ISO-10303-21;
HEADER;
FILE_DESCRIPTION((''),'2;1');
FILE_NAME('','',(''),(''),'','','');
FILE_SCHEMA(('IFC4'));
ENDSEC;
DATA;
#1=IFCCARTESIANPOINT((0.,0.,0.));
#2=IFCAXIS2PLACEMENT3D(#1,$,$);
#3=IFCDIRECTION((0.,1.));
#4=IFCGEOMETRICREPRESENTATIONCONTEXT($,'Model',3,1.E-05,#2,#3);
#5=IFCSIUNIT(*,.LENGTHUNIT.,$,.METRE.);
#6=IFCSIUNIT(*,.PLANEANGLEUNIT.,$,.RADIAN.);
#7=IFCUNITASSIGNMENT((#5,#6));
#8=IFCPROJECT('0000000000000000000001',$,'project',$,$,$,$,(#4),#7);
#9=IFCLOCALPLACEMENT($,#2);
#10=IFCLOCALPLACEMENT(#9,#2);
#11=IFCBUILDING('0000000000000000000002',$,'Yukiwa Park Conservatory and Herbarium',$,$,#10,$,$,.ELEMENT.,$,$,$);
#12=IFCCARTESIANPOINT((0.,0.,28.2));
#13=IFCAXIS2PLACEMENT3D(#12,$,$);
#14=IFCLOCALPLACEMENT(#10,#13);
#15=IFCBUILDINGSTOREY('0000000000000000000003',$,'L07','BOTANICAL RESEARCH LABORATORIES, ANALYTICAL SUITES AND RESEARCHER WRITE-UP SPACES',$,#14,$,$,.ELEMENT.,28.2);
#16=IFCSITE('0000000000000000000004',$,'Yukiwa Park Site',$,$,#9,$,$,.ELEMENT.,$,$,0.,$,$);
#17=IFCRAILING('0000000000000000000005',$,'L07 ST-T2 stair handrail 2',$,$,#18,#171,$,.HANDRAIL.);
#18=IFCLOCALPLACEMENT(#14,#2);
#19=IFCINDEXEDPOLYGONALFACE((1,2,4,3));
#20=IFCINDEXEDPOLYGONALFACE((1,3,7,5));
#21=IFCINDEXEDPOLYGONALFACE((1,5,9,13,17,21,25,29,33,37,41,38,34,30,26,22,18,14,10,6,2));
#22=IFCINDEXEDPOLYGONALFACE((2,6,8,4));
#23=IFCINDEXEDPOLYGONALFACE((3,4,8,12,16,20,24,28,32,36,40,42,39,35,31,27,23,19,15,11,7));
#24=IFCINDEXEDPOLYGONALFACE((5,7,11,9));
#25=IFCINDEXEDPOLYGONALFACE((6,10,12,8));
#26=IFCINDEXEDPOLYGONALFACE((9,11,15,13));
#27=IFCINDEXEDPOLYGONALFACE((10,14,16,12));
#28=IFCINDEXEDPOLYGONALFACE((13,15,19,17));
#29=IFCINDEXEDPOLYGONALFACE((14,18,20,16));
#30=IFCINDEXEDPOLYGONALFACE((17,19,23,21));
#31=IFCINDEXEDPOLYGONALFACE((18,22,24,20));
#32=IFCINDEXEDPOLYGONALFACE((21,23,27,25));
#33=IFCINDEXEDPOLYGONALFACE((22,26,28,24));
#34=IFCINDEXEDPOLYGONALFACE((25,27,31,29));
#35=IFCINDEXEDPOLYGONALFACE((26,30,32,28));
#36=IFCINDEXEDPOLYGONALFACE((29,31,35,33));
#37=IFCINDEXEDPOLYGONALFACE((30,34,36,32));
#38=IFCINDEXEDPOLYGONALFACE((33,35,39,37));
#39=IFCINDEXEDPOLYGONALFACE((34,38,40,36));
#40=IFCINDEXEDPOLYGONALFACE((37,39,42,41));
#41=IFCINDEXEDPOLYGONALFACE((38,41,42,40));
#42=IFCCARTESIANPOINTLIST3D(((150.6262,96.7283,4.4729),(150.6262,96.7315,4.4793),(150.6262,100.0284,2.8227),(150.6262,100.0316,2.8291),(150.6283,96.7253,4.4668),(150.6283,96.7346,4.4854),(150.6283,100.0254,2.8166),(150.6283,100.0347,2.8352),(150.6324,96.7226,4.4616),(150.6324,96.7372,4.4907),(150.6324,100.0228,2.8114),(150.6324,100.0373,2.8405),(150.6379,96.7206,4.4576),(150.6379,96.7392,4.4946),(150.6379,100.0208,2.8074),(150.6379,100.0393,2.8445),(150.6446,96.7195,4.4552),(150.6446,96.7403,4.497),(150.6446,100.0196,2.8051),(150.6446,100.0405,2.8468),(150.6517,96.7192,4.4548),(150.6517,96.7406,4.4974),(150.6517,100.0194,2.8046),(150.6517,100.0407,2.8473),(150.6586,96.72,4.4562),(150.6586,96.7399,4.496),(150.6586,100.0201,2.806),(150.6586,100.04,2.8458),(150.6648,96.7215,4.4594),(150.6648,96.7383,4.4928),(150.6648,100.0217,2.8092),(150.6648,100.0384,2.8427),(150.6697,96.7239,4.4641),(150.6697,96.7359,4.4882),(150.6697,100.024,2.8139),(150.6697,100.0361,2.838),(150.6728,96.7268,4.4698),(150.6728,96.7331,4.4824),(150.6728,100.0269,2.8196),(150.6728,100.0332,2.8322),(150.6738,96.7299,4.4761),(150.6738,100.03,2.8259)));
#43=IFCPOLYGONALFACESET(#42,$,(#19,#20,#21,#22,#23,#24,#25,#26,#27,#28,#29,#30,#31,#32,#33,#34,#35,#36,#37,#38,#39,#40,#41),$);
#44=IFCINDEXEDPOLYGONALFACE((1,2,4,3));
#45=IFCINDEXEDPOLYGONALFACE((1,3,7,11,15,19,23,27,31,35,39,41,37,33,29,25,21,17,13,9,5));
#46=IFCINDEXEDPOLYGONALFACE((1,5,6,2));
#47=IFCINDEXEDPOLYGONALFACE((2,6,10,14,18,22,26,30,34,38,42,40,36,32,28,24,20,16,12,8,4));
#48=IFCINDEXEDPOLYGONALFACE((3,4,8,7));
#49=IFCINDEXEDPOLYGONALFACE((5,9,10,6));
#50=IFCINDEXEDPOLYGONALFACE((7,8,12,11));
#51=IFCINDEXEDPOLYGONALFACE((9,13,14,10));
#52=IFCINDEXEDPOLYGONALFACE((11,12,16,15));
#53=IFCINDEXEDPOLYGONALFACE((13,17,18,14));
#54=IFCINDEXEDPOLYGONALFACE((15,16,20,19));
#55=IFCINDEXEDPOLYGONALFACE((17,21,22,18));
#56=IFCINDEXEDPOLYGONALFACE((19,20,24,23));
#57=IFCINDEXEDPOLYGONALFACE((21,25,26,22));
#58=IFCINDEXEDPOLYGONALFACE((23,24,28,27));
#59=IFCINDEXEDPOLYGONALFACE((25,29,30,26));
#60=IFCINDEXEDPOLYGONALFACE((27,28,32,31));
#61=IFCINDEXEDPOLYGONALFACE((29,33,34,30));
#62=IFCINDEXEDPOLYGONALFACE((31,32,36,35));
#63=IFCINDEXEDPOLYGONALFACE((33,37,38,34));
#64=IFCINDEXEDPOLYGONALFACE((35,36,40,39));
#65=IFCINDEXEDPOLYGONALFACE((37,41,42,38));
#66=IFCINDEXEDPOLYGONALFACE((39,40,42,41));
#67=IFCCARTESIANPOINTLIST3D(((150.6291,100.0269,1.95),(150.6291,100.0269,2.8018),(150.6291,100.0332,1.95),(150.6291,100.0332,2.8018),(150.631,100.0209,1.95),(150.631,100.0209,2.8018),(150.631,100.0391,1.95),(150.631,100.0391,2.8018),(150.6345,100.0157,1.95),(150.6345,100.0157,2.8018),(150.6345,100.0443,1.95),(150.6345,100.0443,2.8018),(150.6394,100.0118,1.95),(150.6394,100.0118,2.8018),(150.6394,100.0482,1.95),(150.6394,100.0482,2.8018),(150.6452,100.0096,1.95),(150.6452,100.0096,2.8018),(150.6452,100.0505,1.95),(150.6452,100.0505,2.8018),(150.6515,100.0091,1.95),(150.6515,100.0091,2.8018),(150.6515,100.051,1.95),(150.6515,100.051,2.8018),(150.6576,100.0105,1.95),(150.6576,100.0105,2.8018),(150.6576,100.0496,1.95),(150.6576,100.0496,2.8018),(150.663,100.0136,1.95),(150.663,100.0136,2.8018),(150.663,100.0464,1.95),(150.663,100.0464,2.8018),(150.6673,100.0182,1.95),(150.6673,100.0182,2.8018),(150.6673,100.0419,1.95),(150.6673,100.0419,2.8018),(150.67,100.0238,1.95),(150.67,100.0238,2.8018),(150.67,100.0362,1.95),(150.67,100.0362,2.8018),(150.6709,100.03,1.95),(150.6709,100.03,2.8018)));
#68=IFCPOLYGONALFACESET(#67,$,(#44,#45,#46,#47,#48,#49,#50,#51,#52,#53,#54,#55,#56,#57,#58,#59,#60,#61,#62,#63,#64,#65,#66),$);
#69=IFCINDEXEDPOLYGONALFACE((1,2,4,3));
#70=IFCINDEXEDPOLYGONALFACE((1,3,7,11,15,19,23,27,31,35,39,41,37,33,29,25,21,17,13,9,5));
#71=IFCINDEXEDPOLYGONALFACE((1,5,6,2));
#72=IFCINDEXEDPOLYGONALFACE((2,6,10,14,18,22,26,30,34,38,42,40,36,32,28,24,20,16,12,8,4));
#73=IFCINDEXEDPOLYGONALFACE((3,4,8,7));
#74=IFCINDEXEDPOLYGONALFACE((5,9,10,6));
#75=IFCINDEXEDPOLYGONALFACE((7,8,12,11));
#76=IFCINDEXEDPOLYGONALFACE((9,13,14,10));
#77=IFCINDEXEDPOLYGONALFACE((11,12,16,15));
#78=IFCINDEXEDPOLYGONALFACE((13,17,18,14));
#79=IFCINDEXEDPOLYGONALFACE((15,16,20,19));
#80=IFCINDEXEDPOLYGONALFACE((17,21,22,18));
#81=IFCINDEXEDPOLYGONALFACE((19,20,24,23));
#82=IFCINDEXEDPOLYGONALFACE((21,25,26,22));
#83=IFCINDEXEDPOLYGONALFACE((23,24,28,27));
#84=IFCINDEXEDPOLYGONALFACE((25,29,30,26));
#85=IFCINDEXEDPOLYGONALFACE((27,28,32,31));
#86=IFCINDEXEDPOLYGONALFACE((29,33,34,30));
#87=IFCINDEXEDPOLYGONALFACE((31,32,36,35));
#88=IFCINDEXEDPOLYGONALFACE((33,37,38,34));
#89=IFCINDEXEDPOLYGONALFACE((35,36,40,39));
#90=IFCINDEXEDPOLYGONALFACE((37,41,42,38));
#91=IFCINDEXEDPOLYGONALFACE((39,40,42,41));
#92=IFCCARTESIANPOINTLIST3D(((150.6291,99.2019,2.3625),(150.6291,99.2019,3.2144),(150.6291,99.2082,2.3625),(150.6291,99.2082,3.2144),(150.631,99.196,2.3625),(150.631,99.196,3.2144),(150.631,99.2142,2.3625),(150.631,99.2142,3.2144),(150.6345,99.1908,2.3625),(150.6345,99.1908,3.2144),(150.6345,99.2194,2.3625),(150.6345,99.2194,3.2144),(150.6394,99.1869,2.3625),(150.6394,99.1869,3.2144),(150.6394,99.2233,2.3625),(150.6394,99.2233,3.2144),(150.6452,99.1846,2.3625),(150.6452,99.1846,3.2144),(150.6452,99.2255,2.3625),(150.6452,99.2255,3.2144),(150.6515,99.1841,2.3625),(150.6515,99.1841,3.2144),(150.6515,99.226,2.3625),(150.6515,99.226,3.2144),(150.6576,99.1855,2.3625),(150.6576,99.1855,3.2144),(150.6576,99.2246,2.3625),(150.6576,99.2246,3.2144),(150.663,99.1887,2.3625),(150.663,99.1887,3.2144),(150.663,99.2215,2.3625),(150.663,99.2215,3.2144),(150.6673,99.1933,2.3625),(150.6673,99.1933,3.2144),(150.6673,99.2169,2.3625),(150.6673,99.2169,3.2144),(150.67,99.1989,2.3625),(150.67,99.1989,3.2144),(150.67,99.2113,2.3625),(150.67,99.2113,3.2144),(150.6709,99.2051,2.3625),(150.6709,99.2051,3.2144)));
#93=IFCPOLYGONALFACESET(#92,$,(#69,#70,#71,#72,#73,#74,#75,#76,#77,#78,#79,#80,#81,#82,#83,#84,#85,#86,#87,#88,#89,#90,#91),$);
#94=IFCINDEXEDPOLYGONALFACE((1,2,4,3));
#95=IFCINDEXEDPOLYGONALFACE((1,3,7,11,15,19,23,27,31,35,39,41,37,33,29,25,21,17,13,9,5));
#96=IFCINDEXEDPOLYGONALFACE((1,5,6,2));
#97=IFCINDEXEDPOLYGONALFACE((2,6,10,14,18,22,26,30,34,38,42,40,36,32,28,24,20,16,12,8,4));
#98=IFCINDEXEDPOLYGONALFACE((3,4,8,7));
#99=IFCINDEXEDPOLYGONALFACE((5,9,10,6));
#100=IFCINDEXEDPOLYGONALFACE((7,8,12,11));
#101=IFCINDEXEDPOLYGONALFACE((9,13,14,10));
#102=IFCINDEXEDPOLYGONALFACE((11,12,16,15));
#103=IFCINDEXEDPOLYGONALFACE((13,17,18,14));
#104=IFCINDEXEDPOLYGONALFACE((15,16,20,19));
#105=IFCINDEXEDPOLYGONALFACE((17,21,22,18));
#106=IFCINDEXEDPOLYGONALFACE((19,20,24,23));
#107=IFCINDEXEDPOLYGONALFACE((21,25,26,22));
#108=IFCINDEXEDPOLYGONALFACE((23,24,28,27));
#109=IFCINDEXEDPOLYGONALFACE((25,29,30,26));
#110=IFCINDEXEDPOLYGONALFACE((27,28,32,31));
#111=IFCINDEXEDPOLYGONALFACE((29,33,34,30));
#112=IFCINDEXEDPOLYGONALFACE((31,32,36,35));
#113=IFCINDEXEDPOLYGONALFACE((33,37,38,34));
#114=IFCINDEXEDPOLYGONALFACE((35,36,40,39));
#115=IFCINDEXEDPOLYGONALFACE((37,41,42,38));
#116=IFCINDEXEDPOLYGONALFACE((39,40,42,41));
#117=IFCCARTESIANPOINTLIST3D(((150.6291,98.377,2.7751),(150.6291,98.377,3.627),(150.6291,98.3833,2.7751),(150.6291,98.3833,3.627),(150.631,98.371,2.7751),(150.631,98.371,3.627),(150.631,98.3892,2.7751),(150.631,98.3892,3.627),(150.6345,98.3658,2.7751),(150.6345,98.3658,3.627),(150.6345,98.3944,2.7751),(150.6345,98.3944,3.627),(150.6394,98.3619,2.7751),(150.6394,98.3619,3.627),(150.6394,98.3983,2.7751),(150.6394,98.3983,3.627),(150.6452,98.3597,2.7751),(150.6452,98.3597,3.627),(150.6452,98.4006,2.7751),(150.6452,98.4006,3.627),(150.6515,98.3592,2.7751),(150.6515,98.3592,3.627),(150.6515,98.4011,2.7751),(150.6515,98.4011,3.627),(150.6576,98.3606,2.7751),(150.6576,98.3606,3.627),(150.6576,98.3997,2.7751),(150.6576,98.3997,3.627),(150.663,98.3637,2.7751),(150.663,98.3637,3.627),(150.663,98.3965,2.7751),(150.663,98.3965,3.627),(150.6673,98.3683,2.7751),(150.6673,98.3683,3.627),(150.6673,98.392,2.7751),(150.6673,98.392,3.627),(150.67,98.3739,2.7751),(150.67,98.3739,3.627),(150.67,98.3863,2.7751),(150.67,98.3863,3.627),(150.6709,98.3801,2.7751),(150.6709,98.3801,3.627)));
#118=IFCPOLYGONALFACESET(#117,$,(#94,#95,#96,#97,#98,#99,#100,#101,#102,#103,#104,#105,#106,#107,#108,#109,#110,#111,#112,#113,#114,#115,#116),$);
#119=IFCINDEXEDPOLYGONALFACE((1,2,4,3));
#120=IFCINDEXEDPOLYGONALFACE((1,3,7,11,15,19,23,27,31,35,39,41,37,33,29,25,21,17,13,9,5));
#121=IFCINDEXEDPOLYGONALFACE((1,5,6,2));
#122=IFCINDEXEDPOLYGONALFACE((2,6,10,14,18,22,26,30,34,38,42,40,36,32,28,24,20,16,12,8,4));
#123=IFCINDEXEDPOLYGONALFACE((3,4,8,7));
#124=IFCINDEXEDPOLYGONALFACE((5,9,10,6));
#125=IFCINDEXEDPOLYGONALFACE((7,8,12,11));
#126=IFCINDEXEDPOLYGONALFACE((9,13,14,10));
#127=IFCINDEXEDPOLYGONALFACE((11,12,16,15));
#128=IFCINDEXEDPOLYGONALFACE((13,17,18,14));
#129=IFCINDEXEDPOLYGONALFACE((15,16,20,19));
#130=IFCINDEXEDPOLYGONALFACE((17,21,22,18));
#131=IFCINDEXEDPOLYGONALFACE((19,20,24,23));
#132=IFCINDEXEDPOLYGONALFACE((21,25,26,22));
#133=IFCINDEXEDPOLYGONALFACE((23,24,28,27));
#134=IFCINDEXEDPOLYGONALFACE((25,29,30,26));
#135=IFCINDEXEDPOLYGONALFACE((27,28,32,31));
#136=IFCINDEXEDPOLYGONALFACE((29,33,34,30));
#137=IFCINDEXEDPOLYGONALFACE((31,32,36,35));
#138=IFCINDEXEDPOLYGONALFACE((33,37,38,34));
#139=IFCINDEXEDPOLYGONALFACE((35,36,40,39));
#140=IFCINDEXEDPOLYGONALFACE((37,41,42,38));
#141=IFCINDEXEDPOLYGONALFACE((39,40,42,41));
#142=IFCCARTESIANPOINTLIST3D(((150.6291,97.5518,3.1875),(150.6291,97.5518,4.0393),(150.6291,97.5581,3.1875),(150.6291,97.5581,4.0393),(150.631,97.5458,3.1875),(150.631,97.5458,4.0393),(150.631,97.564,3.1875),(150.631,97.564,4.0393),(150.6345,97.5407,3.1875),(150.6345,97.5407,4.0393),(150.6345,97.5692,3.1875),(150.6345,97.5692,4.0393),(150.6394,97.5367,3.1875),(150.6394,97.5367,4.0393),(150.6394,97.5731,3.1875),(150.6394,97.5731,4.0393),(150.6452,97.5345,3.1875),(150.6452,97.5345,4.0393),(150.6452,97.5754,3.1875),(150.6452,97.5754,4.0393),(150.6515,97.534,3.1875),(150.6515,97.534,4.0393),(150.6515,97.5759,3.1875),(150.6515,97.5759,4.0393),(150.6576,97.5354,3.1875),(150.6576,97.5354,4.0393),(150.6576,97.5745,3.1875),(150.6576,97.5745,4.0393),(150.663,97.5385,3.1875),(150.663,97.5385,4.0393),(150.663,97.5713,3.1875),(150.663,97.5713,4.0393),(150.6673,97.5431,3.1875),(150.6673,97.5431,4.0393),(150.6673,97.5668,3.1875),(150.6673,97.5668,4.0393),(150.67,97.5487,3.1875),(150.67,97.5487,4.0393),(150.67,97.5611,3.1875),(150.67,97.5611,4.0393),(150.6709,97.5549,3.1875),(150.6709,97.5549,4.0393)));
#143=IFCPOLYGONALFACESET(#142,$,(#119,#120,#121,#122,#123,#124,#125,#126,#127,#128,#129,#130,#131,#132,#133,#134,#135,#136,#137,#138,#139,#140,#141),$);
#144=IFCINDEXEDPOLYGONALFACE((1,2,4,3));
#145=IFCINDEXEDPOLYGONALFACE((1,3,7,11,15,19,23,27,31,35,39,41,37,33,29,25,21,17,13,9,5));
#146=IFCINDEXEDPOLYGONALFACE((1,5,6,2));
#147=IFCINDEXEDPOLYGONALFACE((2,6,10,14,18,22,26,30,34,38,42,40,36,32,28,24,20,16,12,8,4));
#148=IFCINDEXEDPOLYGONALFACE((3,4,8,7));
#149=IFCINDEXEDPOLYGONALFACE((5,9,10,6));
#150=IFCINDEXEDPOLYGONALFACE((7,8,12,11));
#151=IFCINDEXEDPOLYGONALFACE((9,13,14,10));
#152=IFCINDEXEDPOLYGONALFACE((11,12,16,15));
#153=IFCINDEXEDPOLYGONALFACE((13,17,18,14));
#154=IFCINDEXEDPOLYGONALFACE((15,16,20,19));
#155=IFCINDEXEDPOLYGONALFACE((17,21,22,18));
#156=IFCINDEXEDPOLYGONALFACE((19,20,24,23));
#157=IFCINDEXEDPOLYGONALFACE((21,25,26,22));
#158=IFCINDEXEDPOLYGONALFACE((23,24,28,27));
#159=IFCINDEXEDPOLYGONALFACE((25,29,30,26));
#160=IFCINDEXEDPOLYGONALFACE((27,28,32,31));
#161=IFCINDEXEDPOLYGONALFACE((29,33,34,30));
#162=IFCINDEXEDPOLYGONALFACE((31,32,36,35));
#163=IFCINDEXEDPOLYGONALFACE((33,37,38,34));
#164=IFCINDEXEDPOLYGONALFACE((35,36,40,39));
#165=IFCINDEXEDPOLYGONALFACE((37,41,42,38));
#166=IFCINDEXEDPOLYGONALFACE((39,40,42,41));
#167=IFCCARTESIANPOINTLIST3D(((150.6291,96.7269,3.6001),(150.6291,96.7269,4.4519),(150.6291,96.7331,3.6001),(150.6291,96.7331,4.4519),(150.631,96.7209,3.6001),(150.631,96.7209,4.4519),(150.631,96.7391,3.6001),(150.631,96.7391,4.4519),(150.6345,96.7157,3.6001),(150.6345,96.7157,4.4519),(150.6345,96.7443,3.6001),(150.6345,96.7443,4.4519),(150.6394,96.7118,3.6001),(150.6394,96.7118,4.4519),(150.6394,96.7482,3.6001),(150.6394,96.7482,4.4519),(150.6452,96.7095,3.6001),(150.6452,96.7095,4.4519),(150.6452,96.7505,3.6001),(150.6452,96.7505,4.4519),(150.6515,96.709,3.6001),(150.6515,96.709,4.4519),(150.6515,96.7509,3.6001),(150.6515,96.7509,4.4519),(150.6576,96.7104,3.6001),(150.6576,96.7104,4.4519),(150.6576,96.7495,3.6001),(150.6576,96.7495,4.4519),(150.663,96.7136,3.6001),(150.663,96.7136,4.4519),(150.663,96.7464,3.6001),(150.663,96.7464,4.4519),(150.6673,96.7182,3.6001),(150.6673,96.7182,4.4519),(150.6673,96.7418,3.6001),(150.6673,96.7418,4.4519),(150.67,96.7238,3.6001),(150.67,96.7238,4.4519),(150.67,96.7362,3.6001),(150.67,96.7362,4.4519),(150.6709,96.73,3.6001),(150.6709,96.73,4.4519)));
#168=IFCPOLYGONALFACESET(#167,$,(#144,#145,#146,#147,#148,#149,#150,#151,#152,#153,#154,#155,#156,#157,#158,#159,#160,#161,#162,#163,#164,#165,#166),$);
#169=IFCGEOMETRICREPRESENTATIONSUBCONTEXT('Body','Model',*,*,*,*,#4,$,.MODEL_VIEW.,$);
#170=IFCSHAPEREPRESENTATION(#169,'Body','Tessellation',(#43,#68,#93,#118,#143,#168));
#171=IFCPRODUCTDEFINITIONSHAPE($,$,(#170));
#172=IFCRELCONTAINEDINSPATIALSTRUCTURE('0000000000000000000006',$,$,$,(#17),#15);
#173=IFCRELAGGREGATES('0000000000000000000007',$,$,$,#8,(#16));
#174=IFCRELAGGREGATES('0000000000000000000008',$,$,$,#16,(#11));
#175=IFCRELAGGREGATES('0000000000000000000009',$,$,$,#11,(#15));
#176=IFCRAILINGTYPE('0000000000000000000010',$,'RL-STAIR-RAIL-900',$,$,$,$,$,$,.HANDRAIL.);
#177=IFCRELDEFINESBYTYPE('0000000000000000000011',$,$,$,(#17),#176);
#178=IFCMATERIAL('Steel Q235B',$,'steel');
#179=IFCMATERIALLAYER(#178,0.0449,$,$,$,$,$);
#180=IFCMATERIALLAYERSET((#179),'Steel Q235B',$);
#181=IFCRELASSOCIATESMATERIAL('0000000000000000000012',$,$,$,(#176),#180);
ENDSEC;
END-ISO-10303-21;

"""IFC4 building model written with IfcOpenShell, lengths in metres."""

from ifc_helpers import new_model, si_unit, direction, frame, origin, origin_2d, place, context, subcontext, project, spatial, circle, extrude, material, layer, layer_set, type_object, element, save


model = new_model("IFC4")

# Units and contexts
model_context = context("Model", 3, precision=1e-05, world=origin(), true_north=direction((0.0, 1.0)))
body_context = subcontext(model_context, "Body", "Model", "MODEL_VIEW")
ifc_project = project(units=[si_unit("LENGTHUNIT", "METRE"), si_unit("PLANEANGLEUNIT", "RADIAN")], contexts=[model_context])

# Site, building, storey
site_placement = place(None, origin())
site = spatial("IfcSite", under=ifc_project, at=site_placement, Name="Yukiwa Park Site", CompositionType="ELEMENT", RefElevation=0.0)
building_placement = place(site_placement, origin())
building = spatial("IfcBuilding", under=site, at=building_placement, Name="Yukiwa Park Conservatory and Herbarium", CompositionType="ELEMENT")
storey_placement = place(building_placement, frame((0.0, 0.0, 28.2)))
storey = spatial("IfcBuildingStorey", under=building, at=storey_placement, Name="L07", Description="BOTANICAL RESEARCH LABORATORIES, ANALYTICAL SUITES AND RESEARCHER WRITE-UP SPACES", CompositionType="ELEMENT", Elevation=28.2)

# Railing
ifc_material_1 = material(Name="Steel Q235B", Category="steel")
ifc_layer_1 = layer(ifc_material_1, 0.0449)
ifc_layer_set_1 = layer_set([ifc_layer_1], Name="Steel Q235B")
railing_type_1 = type_object("IfcRailingType", Name="RL-STAIR-RAIL-900", PredefinedType="HANDRAIL", material=ifc_layer_set_1)
railing_1_placement = place(storey_placement, frame((150.6499, 100.03, 1.95)))
element("IfcRailing", 1, at=railing_1_placement, inside=storey, type_object=railing_type_1, Name="L07 ST-T2 stair handrail 2", PredefinedType="HANDRAIL", context=body_context, shape_type="SweptSolid", body=[
    extrude(circle(Radius=0.0239, at=origin_2d()), frame((0.0, 0.0, 0.876), z_axis=(0.0, -0.894414, 0.44724), x_axis=(1.0, 0.0, 0.0)), (0.0, 0.0, 1.0), 3.6897),
    extrude(circle(Radius=0.021, at=origin_2d()), origin(), (0.0, 0.0, 1.0), 0.8518),
    extrude(circle(Radius=0.021, at=origin_2d()), frame((0.0, -0.825, 0.4126)), (0.0, 0.0, 1.0), 0.8518),
    extrude(circle(Radius=0.021, at=origin_2d()), frame((0.0, -1.6499, 0.8252)), (0.0, 0.0, 1.0), 0.8518),
    extrude(circle(Radius=0.021, at=origin_2d()), frame((0.0, -2.4751, 1.2375)), (0.0, 0.0, 1.0), 0.8518),
    extrude(circle(Radius=0.021, at=origin_2d()), frame((0.0, -3.3, 1.6501)), (0.0, 0.0, 1.0), 0.8518),
])

save(model, "model.ifc")
